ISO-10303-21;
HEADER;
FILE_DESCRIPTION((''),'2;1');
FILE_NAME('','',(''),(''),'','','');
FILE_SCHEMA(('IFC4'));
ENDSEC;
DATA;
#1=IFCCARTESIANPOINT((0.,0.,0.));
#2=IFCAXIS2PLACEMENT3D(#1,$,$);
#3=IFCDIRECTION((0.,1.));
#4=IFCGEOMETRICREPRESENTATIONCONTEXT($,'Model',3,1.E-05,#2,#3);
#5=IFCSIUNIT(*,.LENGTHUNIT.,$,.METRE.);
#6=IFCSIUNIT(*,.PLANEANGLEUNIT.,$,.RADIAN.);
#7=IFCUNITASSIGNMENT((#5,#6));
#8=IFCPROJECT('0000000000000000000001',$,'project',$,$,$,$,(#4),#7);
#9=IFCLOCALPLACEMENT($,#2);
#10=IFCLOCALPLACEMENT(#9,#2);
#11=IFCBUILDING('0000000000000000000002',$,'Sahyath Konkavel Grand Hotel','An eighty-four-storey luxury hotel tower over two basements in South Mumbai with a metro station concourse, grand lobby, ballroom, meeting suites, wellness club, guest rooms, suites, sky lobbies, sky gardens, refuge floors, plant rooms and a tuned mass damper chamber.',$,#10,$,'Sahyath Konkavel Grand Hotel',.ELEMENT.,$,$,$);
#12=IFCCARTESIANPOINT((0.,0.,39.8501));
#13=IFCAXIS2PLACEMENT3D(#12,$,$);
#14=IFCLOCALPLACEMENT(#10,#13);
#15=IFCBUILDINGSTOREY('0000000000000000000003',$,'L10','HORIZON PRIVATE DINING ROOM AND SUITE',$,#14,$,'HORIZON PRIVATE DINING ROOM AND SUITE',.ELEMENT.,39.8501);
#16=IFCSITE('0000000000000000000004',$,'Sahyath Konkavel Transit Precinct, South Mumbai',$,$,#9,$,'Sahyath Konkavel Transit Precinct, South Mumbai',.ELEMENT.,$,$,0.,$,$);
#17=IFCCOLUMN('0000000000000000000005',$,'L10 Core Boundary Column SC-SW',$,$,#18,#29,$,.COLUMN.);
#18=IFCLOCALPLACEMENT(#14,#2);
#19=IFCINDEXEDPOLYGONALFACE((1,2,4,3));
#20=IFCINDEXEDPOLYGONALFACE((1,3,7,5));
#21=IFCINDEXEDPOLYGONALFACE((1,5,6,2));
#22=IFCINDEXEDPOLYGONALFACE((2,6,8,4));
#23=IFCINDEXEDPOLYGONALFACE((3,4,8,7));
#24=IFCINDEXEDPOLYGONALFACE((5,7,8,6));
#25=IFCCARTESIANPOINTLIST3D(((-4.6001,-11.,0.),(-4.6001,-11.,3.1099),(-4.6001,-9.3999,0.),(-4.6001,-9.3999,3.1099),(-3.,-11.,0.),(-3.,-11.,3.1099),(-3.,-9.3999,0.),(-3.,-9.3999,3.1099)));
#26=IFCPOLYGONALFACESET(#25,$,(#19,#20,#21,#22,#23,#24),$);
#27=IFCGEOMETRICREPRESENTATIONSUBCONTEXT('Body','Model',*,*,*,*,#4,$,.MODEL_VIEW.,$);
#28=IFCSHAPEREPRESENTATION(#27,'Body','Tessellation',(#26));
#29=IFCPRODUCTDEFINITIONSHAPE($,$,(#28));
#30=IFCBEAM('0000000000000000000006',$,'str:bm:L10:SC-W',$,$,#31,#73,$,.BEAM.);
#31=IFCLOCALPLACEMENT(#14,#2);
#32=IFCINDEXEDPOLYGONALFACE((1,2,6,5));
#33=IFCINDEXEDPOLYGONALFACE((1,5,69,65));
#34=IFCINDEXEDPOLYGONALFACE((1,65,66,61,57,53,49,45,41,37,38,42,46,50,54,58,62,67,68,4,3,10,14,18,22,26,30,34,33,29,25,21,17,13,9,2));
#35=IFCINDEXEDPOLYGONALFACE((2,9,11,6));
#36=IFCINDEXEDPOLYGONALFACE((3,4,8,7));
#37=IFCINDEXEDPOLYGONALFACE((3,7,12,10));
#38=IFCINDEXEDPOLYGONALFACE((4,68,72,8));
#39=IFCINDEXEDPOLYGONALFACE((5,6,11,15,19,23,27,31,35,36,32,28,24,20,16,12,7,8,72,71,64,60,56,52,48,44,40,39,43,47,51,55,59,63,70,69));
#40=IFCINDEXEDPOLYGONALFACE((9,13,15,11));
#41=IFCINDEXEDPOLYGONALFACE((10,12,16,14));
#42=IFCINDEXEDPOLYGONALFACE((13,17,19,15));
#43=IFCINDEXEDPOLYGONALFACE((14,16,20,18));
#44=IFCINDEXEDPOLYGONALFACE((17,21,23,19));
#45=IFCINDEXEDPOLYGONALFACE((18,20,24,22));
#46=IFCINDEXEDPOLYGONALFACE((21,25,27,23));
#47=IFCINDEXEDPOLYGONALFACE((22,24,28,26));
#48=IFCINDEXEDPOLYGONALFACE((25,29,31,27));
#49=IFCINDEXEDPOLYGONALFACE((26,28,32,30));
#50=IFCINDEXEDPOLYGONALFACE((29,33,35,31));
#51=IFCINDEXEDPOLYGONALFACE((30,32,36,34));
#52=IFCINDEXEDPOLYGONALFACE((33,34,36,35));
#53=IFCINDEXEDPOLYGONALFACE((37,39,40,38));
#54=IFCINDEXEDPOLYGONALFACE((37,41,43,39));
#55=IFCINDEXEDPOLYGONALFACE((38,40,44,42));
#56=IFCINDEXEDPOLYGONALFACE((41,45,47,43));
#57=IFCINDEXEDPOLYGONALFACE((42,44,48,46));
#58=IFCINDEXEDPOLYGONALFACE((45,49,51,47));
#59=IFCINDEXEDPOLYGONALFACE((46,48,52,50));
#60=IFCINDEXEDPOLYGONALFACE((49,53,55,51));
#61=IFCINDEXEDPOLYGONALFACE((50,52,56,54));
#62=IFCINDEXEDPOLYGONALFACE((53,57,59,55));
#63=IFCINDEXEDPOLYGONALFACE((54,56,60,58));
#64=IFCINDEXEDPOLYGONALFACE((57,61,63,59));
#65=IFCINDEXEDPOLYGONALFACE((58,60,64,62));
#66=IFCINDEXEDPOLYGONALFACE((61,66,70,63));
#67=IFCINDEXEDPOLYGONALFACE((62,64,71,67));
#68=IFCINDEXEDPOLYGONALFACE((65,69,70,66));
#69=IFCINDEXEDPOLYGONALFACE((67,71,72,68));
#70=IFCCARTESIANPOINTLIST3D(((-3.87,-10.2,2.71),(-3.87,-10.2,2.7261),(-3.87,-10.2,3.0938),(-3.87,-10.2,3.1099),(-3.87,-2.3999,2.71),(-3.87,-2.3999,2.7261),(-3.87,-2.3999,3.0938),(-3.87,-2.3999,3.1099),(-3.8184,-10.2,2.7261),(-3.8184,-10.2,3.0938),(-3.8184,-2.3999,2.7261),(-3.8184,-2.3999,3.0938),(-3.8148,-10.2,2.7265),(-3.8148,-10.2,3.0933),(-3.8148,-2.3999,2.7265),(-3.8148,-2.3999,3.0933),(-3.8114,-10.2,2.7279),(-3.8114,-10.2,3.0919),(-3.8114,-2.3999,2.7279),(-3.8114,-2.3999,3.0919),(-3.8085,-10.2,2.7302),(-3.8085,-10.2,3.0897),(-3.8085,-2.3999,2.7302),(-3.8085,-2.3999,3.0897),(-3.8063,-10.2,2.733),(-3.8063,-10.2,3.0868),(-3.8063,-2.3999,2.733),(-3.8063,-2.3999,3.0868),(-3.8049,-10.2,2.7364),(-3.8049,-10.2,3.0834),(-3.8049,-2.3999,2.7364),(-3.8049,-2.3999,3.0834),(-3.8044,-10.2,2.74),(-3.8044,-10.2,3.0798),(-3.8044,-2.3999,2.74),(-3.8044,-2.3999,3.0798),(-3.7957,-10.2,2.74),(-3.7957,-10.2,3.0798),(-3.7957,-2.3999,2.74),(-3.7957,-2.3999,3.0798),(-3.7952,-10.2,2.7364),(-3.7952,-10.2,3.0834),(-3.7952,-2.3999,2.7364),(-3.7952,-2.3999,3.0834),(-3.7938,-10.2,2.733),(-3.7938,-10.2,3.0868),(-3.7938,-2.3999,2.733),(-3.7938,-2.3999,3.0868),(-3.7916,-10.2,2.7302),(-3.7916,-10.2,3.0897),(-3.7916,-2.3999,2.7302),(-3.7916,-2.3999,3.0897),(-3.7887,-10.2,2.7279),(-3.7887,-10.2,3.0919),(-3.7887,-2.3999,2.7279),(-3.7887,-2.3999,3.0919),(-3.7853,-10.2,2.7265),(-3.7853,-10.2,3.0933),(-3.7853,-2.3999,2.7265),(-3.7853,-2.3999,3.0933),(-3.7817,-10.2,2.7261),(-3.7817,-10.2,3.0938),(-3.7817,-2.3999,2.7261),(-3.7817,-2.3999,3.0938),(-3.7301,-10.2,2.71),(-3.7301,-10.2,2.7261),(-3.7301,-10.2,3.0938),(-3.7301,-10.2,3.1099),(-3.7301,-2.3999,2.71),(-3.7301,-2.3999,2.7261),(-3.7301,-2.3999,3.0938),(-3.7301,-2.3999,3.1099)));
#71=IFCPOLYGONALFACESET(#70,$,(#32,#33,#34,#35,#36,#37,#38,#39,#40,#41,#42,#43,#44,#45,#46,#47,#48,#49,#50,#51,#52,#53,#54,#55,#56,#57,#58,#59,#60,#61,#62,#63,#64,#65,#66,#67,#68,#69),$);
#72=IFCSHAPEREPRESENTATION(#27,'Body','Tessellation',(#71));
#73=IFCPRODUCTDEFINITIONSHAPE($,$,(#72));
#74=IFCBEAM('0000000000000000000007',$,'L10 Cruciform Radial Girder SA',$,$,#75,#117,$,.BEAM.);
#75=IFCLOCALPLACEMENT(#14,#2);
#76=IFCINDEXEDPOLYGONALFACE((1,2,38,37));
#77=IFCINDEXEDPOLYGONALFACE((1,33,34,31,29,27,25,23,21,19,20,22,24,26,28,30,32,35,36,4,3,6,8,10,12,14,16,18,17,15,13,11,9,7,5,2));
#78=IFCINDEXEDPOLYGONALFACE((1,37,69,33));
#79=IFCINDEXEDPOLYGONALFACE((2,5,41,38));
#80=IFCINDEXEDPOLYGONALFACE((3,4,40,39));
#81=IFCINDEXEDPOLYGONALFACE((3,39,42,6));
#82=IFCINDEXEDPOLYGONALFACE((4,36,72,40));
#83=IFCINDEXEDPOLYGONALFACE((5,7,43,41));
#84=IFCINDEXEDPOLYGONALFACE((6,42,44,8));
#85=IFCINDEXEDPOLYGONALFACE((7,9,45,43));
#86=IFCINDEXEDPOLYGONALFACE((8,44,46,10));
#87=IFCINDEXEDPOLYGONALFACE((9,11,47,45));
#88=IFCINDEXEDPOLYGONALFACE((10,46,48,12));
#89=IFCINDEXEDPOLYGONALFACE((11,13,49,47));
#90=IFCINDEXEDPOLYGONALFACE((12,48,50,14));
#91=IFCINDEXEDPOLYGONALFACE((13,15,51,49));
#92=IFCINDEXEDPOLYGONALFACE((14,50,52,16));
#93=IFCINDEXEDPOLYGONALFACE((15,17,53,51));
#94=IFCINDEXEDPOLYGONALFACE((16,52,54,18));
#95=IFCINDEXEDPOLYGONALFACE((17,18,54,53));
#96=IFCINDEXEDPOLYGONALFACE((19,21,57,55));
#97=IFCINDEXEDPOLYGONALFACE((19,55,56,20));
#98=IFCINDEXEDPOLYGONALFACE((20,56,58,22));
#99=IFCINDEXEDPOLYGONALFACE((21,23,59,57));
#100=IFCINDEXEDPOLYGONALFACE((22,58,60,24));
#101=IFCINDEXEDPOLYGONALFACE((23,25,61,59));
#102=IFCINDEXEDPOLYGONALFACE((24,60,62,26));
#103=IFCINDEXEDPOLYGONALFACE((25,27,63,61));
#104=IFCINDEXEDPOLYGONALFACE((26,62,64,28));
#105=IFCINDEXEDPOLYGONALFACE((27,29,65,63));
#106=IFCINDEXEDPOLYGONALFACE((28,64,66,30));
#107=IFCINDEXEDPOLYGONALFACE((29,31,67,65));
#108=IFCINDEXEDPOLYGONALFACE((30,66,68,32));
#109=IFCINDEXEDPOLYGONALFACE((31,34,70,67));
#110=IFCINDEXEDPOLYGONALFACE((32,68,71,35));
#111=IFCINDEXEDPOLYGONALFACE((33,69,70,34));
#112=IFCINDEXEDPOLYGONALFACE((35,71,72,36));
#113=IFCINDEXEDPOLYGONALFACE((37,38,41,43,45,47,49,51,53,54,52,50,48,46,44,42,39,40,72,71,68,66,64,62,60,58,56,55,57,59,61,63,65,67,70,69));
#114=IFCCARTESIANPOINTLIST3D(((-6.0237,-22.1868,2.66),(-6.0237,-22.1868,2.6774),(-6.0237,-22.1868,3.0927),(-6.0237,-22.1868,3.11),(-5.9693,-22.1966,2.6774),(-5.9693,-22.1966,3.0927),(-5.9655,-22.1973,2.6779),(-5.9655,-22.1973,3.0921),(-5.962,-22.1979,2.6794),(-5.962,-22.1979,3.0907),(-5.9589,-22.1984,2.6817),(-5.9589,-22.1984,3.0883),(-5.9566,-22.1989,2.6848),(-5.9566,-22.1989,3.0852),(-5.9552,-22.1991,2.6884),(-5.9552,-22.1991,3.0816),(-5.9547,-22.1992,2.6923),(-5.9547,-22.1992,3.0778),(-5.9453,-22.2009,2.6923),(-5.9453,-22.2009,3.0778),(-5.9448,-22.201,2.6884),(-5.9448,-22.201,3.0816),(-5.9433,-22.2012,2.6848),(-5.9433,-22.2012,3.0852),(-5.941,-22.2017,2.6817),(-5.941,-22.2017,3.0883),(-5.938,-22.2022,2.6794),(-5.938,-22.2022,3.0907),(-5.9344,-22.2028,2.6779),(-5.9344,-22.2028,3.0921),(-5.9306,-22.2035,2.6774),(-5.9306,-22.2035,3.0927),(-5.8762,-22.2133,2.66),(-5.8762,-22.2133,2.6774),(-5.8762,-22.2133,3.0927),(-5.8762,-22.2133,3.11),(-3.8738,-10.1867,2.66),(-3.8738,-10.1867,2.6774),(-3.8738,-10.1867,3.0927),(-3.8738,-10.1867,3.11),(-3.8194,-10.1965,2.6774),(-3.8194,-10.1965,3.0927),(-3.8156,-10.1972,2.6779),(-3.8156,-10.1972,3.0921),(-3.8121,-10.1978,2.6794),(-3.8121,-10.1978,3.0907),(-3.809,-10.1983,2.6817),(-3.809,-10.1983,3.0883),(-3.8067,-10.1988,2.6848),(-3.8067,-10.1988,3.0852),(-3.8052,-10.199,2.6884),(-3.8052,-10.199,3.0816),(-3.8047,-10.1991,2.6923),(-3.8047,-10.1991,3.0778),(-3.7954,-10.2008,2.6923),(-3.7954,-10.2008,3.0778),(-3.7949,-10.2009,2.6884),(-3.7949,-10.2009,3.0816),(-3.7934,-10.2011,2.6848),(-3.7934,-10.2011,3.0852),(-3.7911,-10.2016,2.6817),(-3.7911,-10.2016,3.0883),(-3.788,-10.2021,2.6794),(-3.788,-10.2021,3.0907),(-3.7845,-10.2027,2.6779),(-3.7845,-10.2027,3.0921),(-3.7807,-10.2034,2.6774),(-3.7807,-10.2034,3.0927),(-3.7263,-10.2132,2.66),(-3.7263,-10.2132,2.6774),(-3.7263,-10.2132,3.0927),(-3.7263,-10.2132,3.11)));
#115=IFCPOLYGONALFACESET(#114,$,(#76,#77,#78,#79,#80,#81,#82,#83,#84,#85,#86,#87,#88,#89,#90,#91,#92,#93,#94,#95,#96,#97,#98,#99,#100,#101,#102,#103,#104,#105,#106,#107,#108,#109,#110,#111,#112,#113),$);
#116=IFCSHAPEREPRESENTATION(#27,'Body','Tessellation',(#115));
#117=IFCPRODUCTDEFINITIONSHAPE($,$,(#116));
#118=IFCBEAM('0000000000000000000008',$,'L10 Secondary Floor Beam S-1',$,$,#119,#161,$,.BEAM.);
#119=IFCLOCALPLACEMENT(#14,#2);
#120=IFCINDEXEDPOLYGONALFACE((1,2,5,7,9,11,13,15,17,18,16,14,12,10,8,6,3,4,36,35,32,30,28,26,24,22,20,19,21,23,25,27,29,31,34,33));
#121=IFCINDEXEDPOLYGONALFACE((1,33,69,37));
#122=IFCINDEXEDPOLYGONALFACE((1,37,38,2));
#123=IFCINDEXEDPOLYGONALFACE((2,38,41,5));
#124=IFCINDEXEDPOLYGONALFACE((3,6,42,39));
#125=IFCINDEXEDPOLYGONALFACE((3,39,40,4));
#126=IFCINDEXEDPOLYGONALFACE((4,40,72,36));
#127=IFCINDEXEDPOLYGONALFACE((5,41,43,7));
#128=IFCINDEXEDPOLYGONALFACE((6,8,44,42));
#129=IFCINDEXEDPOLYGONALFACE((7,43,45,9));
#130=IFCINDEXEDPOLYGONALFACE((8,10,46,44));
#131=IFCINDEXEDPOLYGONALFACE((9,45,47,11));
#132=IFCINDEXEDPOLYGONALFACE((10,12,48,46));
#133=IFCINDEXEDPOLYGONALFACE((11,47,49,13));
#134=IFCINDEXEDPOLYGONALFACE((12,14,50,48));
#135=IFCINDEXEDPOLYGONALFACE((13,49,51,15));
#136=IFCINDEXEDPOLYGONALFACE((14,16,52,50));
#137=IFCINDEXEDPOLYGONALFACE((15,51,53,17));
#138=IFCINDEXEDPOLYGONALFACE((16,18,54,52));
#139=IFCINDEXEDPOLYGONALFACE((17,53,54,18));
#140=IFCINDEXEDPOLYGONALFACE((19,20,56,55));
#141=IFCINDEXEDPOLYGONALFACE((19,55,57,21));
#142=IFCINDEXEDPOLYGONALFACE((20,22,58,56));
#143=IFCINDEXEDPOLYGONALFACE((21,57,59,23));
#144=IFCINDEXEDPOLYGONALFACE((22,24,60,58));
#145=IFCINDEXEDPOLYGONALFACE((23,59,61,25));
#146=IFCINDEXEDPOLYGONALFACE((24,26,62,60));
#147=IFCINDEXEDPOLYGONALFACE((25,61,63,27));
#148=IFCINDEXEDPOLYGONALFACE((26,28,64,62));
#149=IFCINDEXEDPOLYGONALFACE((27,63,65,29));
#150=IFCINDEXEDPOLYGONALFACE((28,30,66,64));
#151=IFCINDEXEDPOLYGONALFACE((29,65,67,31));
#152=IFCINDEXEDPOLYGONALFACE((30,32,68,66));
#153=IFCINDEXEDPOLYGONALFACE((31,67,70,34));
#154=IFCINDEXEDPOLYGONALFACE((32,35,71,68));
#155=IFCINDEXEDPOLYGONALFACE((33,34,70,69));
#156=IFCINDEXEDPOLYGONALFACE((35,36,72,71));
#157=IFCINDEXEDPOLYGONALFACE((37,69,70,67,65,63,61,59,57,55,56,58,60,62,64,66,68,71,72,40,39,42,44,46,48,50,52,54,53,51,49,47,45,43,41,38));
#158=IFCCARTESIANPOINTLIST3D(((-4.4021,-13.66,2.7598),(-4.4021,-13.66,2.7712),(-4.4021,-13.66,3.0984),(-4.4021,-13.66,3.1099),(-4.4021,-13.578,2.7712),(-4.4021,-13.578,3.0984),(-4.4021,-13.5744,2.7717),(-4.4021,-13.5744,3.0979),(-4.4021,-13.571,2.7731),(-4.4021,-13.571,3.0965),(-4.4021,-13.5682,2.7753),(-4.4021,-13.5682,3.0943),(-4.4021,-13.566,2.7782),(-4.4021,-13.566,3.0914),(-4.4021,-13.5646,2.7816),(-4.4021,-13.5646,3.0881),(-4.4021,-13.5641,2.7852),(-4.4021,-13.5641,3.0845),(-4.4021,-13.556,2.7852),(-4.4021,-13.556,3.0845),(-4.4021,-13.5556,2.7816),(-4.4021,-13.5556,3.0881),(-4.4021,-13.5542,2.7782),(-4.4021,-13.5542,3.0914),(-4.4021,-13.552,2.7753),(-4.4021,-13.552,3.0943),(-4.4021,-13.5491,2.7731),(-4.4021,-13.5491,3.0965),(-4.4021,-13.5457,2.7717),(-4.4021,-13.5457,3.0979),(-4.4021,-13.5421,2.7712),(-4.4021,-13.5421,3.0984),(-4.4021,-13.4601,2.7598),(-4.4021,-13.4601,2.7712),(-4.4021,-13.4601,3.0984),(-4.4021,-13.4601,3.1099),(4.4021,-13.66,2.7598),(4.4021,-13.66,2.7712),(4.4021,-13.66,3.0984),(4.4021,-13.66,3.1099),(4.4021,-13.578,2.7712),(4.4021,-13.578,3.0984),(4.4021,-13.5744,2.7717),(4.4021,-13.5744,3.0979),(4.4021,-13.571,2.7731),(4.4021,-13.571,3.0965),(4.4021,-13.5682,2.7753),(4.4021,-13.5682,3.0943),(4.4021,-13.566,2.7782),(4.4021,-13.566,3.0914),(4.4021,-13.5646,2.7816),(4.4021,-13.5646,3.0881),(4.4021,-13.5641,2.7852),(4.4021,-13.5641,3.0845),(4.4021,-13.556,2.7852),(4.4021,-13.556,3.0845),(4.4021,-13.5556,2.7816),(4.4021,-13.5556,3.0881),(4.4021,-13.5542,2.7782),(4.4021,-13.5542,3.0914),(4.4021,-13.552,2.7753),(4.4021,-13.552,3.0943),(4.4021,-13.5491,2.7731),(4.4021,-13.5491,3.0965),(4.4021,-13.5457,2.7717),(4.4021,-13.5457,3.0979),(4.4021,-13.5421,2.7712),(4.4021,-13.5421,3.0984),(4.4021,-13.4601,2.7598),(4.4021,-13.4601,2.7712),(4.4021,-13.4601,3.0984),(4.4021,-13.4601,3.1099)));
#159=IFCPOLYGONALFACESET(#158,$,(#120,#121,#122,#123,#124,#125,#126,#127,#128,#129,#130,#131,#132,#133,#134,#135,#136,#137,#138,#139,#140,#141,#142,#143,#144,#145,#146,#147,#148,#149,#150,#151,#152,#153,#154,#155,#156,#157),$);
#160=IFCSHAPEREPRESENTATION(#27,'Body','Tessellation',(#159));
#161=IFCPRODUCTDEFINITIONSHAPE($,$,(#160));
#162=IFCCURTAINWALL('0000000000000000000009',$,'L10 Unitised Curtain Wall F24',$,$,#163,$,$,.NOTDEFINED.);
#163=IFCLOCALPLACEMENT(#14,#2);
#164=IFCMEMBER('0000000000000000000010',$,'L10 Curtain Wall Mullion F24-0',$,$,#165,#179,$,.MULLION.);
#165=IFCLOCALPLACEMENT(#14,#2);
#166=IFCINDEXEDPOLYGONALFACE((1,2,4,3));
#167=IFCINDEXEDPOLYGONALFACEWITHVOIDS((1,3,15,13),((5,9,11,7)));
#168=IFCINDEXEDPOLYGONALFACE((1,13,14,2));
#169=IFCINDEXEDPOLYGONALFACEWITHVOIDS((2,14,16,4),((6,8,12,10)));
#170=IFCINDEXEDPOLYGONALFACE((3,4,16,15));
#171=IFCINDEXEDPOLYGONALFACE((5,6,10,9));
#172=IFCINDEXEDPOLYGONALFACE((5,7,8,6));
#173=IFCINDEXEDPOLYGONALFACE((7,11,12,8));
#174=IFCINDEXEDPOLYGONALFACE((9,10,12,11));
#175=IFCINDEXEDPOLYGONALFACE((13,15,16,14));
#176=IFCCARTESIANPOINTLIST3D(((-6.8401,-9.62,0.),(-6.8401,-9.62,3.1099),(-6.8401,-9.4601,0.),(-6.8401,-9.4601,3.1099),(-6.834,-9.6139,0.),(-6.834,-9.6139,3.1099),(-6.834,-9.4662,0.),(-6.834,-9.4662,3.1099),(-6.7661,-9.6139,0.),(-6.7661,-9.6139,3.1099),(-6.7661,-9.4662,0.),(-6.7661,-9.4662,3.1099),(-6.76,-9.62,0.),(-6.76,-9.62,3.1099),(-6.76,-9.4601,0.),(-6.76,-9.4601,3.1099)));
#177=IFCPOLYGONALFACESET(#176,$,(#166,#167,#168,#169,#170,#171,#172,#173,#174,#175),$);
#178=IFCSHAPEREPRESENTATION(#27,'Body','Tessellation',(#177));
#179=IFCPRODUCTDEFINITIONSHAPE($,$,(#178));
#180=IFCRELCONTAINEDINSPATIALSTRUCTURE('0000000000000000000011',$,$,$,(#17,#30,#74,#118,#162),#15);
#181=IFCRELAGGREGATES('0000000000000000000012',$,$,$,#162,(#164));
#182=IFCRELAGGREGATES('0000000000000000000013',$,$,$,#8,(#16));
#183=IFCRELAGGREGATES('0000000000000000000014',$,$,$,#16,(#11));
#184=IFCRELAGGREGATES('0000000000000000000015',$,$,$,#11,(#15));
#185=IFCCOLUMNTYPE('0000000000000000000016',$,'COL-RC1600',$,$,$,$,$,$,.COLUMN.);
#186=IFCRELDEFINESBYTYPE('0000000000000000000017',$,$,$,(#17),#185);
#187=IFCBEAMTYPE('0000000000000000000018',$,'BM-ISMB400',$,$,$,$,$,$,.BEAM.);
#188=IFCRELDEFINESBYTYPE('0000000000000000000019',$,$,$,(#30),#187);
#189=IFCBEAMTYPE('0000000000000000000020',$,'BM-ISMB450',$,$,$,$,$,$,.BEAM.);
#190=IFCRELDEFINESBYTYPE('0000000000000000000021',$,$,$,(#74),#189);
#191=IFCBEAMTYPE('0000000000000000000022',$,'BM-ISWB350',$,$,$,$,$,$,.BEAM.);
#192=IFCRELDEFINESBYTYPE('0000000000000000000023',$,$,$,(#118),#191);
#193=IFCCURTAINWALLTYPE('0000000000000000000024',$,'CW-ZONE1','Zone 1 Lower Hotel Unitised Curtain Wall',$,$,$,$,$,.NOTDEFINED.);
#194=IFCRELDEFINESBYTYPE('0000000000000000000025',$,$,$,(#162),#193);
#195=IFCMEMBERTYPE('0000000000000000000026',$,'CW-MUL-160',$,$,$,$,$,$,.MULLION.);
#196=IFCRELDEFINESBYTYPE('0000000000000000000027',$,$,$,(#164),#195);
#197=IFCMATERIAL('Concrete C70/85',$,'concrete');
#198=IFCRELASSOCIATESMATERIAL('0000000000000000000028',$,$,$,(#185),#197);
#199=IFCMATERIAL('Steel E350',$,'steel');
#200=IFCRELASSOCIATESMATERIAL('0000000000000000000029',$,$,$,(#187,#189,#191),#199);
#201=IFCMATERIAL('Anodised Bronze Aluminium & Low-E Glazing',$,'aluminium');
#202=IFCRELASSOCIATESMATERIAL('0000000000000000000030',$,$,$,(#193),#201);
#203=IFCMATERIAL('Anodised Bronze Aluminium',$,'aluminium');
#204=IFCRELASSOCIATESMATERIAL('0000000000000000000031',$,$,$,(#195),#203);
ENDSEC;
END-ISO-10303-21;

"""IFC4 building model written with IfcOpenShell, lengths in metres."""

from ifc_helpers import new_model, si_unit, direction, frame, origin, origin_2d, place, context, subcontext, project, spatial, rectangle, hollow_rectangle, i_section, extrude, source, transform, mapped, material, material_profile, profile_set, type_object, element, aggregate, save


model = new_model("IFC4")

# Units and contexts
model_context = context("Model", 3, precision=1e-05, world=origin(), true_north=direction((0.0, 1.0)))
body_context = subcontext(model_context, "Body", "Model", "MODEL_VIEW")
ifc_project = project(units=[si_unit("LENGTHUNIT", "METRE"), si_unit("PLANEANGLEUNIT", "RADIAN")], contexts=[model_context])

# Site, building, storey
site_placement = place(None, origin())
site = spatial("IfcSite", under=ifc_project, at=site_placement, Name="Sahyath Konkavel Transit Precinct, South Mumbai", LongName="Sahyath Konkavel Transit Precinct, South Mumbai", CompositionType="ELEMENT", RefElevation=0.0)
building_placement = place(site_placement, origin())
building = spatial("IfcBuilding", under=site, at=building_placement, Name="Sahyath Konkavel Grand Hotel", Description="An eighty-four-storey luxury hotel tower over two basements in South Mumbai with a metro station concourse, grand lobby, ballroom, meeting suites, wellness club, guest rooms, suites, sky lobbies, sky gardens, refuge floors, plant rooms and a tuned mass damper chamber.", LongName="Sahyath Konkavel Grand Hotel", CompositionType="ELEMENT")
storey_placement = place(building_placement, frame((0.0, 0.0, 39.8501)))
storey = spatial("IfcBuildingStorey", under=building, at=storey_placement, Name="L10", Description="HORIZON PRIVATE DINING ROOM AND SUITE", LongName="HORIZON PRIVATE DINING ROOM AND SUITE", CompositionType="ELEMENT", Elevation=39.8501)

# Column
ifc_material_1 = material(Name="Concrete C70/85", Category="concrete")
ifc_material_profile_1 = material_profile(ifc_material_1, rectangle(XDim=1.6001, YDim=1.6001, at=origin_2d()), Name="RC 1600x1600")
ifc_profile_set_1 = profile_set([ifc_material_profile_1], Name="Concrete C70/85")
column_type = type_object("IfcColumnType", Name="COL-RC1600", PredefinedType="COLUMN", material=ifc_profile_set_1)
shared_shape_1 = source(origin(), body_context, "Body", "SweptSolid", [
    extrude(rectangle(XDim=1.6001, YDim=1.6001, at=origin_2d()), origin(), (0.0, 0.0, 1.0), 3.1099),
])
column_placement = place(storey_placement, frame((-3.8, -10.2, 0.0), z_axis=(0.0, 0.0, 1.0), x_axis=(1.0, 0.0, 0.0)))
element("IfcColumn", 1, at=column_placement, inside=storey, type_object=column_type, Name="L10 Core Boundary Column SC-SW", PredefinedType="COLUMN", context=body_context, shape_type="MappedRepresentation", body=[
    mapped(shared_shape_1, transform((0.0, 0.0, 0.0), scale=1.0)),
])

# Beams
ifc_material_2 = material(Name="Steel E350", Category="steel")
ifc_material_profile_2 = material_profile(ifc_material_2, i_section(OverallWidth=0.1399, OverallDepth=0.3999, WebThickness=0.0088, FlangeThickness=0.0161, FilletRadius=0.0139, at=origin_2d()), Name="ISMB 400")
ifc_profile_set_2 = profile_set([ifc_material_profile_2], Name="Steel E350")
beam_type_1 = type_object("IfcBeamType", Name="BM-ISMB400", PredefinedType="BEAM", material=ifc_profile_set_2)
shared_shape_2 = source(origin(), body_context, "Body", "SweptSolid", [
    extrude(i_section(OverallWidth=0.1399, OverallDepth=0.3999, WebThickness=0.0088, FlangeThickness=0.0161, FilletRadius=0.0139, at=origin_2d()), origin(), (0.0, 0.0, 1.0), 7.8),
])
beam_1_placement = place(storey_placement, frame((-3.8, -10.2, 2.9099), z_axis=(0.0, 1.0, 0.0), x_axis=(-1.0, 0.0, 0.0)))
element("IfcBeam", 2, at=beam_1_placement, inside=storey, type_object=beam_type_1, Name="str:bm:L10:SC-W", PredefinedType="BEAM", context=body_context, shape_type="MappedRepresentation", body=[
    mapped(shared_shape_2, transform((0.0, 0.0, 0.0), scale=1.0)),
])
ifc_material_profile_3 = material_profile(ifc_material_2, i_section(OverallWidth=0.1499, OverallDepth=0.45, WebThickness=0.0095, FlangeThickness=0.0173, FilletRadius=0.0149, at=origin_2d()), Name="ISMB 450")
ifc_profile_set_3 = profile_set([ifc_material_profile_3], Name="Steel E350")
beam_type_2 = type_object("IfcBeamType", Name="BM-ISMB450", PredefinedType="BEAM", material=ifc_profile_set_3)
shared_shape_3 = source(origin(), body_context, "Body", "SweptSolid", [
    extrude(i_section(OverallWidth=0.1499, OverallDepth=0.45, WebThickness=0.0095, FlangeThickness=0.0173, FilletRadius=0.0149, at=origin_2d()), origin(), (0.0, 0.0, 1.0), 12.1912),
])
beam_2_placement = place(storey_placement, frame((-3.8, -10.2, 2.885), z_axis=(-0.176351, -0.984327, 0.0), x_axis=(0.984327, -0.176351, 0.0)))
element("IfcBeam", 3, at=beam_2_placement, inside=storey, type_object=beam_type_2, Name="L10 Cruciform Radial Girder SA", PredefinedType="BEAM", context=body_context, shape_type="MappedRepresentation", body=[
    mapped(shared_shape_3, transform((0.0, 0.0, 0.0), scale=1.0)),
])
ifc_material_profile_4 = material_profile(ifc_material_2, i_section(OverallWidth=0.2, OverallDepth=0.3501, WebThickness=0.0081, FlangeThickness=0.0115, FilletRadius=0.0139, at=origin_2d()), Name="ISWB 350")
ifc_profile_set_4 = profile_set([ifc_material_profile_4], Name="Steel E350")
beam_type_3 = type_object("IfcBeamType", Name="BM-ISWB350", PredefinedType="BEAM", material=ifc_profile_set_4)
shared_shape_4 = source(origin(), body_context, "Body", "SweptSolid", [
    extrude(i_section(OverallWidth=0.2, OverallDepth=0.3501, WebThickness=0.0081, FlangeThickness=0.0115, FilletRadius=0.0139, at=origin_2d()), origin(), (0.0, 0.0, 1.0), 8.8042),
])
beam_3_placement = place(storey_placement, frame((-4.4021, -13.5601, 2.9348), z_axis=(1.0, 0.0, 0.0), x_axis=(0.0, 1.0, 0.0)))
element("IfcBeam", 4, at=beam_3_placement, inside=storey, type_object=beam_type_3, Name="L10 Secondary Floor Beam S-1", PredefinedType="BEAM", context=body_context, shape_type="MappedRepresentation", body=[
    mapped(shared_shape_4, transform((0.0, 0.0, 0.0), scale=1.0)),
])

# Curtain wall, member
ifc_material_3 = material(Name="Anodised Bronze Aluminium & Low-E Glazing", Category="aluminium")
curtain_wall_type = type_object("IfcCurtainWallType", Name="CW-ZONE1", Description="Zone 1 Lower Hotel Unitised Curtain Wall", PredefinedType="NOTDEFINED", material=ifc_material_3)
curtain_wall_1_placement = place(storey_placement, origin())
curtain_wall_1 = element("IfcCurtainWall", 5, at=curtain_wall_1_placement, inside=storey, type_object=curtain_wall_type, Name="L10 Unitised Curtain Wall F24", PredefinedType="NOTDEFINED")
ifc_material_4 = material(Name="Anodised Bronze Aluminium", Category="aluminium")
ifc_material_profile_5 = material_profile(ifc_material_4, hollow_rectangle(XDim=0.0801, YDim=0.1599, WallThickness=0.0061, at=origin_2d()), Name="RHS 160x80x6")
ifc_profile_set_5 = profile_set([ifc_material_profile_5], Name="Anodised Bronze Aluminium")
member_type_1 = type_object("IfcMemberType", Name="CW-MUL-160", PredefinedType="MULLION", material=ifc_profile_set_5)
shared_shape_5 = source(origin(), body_context, "Body", "SweptSolid", [
    extrude(hollow_rectangle(XDim=0.0801, YDim=0.1599, WallThickness=0.0061, at=origin_2d()), origin(), (0.0, 0.0, 1.0), 3.1099),
])
member_1_placement = place(storey_placement, frame((-6.8, -9.54, 0.0), z_axis=(0.0, 0.0, 1.0), x_axis=(1.0, 0.0, 0.0)))
member_1 = element("IfcMember", 6, at=member_1_placement, type_object=member_type_1, Name="L10 Curtain Wall Mullion F24-0", PredefinedType="MULLION", context=body_context, shape_type="MappedRepresentation", body=[
    mapped(shared_shape_5, transform((0.0, 0.0, 0.0), scale=1.0)),
])

aggregate(curtain_wall_1, [member_1])

save(model, "model.ifc")
